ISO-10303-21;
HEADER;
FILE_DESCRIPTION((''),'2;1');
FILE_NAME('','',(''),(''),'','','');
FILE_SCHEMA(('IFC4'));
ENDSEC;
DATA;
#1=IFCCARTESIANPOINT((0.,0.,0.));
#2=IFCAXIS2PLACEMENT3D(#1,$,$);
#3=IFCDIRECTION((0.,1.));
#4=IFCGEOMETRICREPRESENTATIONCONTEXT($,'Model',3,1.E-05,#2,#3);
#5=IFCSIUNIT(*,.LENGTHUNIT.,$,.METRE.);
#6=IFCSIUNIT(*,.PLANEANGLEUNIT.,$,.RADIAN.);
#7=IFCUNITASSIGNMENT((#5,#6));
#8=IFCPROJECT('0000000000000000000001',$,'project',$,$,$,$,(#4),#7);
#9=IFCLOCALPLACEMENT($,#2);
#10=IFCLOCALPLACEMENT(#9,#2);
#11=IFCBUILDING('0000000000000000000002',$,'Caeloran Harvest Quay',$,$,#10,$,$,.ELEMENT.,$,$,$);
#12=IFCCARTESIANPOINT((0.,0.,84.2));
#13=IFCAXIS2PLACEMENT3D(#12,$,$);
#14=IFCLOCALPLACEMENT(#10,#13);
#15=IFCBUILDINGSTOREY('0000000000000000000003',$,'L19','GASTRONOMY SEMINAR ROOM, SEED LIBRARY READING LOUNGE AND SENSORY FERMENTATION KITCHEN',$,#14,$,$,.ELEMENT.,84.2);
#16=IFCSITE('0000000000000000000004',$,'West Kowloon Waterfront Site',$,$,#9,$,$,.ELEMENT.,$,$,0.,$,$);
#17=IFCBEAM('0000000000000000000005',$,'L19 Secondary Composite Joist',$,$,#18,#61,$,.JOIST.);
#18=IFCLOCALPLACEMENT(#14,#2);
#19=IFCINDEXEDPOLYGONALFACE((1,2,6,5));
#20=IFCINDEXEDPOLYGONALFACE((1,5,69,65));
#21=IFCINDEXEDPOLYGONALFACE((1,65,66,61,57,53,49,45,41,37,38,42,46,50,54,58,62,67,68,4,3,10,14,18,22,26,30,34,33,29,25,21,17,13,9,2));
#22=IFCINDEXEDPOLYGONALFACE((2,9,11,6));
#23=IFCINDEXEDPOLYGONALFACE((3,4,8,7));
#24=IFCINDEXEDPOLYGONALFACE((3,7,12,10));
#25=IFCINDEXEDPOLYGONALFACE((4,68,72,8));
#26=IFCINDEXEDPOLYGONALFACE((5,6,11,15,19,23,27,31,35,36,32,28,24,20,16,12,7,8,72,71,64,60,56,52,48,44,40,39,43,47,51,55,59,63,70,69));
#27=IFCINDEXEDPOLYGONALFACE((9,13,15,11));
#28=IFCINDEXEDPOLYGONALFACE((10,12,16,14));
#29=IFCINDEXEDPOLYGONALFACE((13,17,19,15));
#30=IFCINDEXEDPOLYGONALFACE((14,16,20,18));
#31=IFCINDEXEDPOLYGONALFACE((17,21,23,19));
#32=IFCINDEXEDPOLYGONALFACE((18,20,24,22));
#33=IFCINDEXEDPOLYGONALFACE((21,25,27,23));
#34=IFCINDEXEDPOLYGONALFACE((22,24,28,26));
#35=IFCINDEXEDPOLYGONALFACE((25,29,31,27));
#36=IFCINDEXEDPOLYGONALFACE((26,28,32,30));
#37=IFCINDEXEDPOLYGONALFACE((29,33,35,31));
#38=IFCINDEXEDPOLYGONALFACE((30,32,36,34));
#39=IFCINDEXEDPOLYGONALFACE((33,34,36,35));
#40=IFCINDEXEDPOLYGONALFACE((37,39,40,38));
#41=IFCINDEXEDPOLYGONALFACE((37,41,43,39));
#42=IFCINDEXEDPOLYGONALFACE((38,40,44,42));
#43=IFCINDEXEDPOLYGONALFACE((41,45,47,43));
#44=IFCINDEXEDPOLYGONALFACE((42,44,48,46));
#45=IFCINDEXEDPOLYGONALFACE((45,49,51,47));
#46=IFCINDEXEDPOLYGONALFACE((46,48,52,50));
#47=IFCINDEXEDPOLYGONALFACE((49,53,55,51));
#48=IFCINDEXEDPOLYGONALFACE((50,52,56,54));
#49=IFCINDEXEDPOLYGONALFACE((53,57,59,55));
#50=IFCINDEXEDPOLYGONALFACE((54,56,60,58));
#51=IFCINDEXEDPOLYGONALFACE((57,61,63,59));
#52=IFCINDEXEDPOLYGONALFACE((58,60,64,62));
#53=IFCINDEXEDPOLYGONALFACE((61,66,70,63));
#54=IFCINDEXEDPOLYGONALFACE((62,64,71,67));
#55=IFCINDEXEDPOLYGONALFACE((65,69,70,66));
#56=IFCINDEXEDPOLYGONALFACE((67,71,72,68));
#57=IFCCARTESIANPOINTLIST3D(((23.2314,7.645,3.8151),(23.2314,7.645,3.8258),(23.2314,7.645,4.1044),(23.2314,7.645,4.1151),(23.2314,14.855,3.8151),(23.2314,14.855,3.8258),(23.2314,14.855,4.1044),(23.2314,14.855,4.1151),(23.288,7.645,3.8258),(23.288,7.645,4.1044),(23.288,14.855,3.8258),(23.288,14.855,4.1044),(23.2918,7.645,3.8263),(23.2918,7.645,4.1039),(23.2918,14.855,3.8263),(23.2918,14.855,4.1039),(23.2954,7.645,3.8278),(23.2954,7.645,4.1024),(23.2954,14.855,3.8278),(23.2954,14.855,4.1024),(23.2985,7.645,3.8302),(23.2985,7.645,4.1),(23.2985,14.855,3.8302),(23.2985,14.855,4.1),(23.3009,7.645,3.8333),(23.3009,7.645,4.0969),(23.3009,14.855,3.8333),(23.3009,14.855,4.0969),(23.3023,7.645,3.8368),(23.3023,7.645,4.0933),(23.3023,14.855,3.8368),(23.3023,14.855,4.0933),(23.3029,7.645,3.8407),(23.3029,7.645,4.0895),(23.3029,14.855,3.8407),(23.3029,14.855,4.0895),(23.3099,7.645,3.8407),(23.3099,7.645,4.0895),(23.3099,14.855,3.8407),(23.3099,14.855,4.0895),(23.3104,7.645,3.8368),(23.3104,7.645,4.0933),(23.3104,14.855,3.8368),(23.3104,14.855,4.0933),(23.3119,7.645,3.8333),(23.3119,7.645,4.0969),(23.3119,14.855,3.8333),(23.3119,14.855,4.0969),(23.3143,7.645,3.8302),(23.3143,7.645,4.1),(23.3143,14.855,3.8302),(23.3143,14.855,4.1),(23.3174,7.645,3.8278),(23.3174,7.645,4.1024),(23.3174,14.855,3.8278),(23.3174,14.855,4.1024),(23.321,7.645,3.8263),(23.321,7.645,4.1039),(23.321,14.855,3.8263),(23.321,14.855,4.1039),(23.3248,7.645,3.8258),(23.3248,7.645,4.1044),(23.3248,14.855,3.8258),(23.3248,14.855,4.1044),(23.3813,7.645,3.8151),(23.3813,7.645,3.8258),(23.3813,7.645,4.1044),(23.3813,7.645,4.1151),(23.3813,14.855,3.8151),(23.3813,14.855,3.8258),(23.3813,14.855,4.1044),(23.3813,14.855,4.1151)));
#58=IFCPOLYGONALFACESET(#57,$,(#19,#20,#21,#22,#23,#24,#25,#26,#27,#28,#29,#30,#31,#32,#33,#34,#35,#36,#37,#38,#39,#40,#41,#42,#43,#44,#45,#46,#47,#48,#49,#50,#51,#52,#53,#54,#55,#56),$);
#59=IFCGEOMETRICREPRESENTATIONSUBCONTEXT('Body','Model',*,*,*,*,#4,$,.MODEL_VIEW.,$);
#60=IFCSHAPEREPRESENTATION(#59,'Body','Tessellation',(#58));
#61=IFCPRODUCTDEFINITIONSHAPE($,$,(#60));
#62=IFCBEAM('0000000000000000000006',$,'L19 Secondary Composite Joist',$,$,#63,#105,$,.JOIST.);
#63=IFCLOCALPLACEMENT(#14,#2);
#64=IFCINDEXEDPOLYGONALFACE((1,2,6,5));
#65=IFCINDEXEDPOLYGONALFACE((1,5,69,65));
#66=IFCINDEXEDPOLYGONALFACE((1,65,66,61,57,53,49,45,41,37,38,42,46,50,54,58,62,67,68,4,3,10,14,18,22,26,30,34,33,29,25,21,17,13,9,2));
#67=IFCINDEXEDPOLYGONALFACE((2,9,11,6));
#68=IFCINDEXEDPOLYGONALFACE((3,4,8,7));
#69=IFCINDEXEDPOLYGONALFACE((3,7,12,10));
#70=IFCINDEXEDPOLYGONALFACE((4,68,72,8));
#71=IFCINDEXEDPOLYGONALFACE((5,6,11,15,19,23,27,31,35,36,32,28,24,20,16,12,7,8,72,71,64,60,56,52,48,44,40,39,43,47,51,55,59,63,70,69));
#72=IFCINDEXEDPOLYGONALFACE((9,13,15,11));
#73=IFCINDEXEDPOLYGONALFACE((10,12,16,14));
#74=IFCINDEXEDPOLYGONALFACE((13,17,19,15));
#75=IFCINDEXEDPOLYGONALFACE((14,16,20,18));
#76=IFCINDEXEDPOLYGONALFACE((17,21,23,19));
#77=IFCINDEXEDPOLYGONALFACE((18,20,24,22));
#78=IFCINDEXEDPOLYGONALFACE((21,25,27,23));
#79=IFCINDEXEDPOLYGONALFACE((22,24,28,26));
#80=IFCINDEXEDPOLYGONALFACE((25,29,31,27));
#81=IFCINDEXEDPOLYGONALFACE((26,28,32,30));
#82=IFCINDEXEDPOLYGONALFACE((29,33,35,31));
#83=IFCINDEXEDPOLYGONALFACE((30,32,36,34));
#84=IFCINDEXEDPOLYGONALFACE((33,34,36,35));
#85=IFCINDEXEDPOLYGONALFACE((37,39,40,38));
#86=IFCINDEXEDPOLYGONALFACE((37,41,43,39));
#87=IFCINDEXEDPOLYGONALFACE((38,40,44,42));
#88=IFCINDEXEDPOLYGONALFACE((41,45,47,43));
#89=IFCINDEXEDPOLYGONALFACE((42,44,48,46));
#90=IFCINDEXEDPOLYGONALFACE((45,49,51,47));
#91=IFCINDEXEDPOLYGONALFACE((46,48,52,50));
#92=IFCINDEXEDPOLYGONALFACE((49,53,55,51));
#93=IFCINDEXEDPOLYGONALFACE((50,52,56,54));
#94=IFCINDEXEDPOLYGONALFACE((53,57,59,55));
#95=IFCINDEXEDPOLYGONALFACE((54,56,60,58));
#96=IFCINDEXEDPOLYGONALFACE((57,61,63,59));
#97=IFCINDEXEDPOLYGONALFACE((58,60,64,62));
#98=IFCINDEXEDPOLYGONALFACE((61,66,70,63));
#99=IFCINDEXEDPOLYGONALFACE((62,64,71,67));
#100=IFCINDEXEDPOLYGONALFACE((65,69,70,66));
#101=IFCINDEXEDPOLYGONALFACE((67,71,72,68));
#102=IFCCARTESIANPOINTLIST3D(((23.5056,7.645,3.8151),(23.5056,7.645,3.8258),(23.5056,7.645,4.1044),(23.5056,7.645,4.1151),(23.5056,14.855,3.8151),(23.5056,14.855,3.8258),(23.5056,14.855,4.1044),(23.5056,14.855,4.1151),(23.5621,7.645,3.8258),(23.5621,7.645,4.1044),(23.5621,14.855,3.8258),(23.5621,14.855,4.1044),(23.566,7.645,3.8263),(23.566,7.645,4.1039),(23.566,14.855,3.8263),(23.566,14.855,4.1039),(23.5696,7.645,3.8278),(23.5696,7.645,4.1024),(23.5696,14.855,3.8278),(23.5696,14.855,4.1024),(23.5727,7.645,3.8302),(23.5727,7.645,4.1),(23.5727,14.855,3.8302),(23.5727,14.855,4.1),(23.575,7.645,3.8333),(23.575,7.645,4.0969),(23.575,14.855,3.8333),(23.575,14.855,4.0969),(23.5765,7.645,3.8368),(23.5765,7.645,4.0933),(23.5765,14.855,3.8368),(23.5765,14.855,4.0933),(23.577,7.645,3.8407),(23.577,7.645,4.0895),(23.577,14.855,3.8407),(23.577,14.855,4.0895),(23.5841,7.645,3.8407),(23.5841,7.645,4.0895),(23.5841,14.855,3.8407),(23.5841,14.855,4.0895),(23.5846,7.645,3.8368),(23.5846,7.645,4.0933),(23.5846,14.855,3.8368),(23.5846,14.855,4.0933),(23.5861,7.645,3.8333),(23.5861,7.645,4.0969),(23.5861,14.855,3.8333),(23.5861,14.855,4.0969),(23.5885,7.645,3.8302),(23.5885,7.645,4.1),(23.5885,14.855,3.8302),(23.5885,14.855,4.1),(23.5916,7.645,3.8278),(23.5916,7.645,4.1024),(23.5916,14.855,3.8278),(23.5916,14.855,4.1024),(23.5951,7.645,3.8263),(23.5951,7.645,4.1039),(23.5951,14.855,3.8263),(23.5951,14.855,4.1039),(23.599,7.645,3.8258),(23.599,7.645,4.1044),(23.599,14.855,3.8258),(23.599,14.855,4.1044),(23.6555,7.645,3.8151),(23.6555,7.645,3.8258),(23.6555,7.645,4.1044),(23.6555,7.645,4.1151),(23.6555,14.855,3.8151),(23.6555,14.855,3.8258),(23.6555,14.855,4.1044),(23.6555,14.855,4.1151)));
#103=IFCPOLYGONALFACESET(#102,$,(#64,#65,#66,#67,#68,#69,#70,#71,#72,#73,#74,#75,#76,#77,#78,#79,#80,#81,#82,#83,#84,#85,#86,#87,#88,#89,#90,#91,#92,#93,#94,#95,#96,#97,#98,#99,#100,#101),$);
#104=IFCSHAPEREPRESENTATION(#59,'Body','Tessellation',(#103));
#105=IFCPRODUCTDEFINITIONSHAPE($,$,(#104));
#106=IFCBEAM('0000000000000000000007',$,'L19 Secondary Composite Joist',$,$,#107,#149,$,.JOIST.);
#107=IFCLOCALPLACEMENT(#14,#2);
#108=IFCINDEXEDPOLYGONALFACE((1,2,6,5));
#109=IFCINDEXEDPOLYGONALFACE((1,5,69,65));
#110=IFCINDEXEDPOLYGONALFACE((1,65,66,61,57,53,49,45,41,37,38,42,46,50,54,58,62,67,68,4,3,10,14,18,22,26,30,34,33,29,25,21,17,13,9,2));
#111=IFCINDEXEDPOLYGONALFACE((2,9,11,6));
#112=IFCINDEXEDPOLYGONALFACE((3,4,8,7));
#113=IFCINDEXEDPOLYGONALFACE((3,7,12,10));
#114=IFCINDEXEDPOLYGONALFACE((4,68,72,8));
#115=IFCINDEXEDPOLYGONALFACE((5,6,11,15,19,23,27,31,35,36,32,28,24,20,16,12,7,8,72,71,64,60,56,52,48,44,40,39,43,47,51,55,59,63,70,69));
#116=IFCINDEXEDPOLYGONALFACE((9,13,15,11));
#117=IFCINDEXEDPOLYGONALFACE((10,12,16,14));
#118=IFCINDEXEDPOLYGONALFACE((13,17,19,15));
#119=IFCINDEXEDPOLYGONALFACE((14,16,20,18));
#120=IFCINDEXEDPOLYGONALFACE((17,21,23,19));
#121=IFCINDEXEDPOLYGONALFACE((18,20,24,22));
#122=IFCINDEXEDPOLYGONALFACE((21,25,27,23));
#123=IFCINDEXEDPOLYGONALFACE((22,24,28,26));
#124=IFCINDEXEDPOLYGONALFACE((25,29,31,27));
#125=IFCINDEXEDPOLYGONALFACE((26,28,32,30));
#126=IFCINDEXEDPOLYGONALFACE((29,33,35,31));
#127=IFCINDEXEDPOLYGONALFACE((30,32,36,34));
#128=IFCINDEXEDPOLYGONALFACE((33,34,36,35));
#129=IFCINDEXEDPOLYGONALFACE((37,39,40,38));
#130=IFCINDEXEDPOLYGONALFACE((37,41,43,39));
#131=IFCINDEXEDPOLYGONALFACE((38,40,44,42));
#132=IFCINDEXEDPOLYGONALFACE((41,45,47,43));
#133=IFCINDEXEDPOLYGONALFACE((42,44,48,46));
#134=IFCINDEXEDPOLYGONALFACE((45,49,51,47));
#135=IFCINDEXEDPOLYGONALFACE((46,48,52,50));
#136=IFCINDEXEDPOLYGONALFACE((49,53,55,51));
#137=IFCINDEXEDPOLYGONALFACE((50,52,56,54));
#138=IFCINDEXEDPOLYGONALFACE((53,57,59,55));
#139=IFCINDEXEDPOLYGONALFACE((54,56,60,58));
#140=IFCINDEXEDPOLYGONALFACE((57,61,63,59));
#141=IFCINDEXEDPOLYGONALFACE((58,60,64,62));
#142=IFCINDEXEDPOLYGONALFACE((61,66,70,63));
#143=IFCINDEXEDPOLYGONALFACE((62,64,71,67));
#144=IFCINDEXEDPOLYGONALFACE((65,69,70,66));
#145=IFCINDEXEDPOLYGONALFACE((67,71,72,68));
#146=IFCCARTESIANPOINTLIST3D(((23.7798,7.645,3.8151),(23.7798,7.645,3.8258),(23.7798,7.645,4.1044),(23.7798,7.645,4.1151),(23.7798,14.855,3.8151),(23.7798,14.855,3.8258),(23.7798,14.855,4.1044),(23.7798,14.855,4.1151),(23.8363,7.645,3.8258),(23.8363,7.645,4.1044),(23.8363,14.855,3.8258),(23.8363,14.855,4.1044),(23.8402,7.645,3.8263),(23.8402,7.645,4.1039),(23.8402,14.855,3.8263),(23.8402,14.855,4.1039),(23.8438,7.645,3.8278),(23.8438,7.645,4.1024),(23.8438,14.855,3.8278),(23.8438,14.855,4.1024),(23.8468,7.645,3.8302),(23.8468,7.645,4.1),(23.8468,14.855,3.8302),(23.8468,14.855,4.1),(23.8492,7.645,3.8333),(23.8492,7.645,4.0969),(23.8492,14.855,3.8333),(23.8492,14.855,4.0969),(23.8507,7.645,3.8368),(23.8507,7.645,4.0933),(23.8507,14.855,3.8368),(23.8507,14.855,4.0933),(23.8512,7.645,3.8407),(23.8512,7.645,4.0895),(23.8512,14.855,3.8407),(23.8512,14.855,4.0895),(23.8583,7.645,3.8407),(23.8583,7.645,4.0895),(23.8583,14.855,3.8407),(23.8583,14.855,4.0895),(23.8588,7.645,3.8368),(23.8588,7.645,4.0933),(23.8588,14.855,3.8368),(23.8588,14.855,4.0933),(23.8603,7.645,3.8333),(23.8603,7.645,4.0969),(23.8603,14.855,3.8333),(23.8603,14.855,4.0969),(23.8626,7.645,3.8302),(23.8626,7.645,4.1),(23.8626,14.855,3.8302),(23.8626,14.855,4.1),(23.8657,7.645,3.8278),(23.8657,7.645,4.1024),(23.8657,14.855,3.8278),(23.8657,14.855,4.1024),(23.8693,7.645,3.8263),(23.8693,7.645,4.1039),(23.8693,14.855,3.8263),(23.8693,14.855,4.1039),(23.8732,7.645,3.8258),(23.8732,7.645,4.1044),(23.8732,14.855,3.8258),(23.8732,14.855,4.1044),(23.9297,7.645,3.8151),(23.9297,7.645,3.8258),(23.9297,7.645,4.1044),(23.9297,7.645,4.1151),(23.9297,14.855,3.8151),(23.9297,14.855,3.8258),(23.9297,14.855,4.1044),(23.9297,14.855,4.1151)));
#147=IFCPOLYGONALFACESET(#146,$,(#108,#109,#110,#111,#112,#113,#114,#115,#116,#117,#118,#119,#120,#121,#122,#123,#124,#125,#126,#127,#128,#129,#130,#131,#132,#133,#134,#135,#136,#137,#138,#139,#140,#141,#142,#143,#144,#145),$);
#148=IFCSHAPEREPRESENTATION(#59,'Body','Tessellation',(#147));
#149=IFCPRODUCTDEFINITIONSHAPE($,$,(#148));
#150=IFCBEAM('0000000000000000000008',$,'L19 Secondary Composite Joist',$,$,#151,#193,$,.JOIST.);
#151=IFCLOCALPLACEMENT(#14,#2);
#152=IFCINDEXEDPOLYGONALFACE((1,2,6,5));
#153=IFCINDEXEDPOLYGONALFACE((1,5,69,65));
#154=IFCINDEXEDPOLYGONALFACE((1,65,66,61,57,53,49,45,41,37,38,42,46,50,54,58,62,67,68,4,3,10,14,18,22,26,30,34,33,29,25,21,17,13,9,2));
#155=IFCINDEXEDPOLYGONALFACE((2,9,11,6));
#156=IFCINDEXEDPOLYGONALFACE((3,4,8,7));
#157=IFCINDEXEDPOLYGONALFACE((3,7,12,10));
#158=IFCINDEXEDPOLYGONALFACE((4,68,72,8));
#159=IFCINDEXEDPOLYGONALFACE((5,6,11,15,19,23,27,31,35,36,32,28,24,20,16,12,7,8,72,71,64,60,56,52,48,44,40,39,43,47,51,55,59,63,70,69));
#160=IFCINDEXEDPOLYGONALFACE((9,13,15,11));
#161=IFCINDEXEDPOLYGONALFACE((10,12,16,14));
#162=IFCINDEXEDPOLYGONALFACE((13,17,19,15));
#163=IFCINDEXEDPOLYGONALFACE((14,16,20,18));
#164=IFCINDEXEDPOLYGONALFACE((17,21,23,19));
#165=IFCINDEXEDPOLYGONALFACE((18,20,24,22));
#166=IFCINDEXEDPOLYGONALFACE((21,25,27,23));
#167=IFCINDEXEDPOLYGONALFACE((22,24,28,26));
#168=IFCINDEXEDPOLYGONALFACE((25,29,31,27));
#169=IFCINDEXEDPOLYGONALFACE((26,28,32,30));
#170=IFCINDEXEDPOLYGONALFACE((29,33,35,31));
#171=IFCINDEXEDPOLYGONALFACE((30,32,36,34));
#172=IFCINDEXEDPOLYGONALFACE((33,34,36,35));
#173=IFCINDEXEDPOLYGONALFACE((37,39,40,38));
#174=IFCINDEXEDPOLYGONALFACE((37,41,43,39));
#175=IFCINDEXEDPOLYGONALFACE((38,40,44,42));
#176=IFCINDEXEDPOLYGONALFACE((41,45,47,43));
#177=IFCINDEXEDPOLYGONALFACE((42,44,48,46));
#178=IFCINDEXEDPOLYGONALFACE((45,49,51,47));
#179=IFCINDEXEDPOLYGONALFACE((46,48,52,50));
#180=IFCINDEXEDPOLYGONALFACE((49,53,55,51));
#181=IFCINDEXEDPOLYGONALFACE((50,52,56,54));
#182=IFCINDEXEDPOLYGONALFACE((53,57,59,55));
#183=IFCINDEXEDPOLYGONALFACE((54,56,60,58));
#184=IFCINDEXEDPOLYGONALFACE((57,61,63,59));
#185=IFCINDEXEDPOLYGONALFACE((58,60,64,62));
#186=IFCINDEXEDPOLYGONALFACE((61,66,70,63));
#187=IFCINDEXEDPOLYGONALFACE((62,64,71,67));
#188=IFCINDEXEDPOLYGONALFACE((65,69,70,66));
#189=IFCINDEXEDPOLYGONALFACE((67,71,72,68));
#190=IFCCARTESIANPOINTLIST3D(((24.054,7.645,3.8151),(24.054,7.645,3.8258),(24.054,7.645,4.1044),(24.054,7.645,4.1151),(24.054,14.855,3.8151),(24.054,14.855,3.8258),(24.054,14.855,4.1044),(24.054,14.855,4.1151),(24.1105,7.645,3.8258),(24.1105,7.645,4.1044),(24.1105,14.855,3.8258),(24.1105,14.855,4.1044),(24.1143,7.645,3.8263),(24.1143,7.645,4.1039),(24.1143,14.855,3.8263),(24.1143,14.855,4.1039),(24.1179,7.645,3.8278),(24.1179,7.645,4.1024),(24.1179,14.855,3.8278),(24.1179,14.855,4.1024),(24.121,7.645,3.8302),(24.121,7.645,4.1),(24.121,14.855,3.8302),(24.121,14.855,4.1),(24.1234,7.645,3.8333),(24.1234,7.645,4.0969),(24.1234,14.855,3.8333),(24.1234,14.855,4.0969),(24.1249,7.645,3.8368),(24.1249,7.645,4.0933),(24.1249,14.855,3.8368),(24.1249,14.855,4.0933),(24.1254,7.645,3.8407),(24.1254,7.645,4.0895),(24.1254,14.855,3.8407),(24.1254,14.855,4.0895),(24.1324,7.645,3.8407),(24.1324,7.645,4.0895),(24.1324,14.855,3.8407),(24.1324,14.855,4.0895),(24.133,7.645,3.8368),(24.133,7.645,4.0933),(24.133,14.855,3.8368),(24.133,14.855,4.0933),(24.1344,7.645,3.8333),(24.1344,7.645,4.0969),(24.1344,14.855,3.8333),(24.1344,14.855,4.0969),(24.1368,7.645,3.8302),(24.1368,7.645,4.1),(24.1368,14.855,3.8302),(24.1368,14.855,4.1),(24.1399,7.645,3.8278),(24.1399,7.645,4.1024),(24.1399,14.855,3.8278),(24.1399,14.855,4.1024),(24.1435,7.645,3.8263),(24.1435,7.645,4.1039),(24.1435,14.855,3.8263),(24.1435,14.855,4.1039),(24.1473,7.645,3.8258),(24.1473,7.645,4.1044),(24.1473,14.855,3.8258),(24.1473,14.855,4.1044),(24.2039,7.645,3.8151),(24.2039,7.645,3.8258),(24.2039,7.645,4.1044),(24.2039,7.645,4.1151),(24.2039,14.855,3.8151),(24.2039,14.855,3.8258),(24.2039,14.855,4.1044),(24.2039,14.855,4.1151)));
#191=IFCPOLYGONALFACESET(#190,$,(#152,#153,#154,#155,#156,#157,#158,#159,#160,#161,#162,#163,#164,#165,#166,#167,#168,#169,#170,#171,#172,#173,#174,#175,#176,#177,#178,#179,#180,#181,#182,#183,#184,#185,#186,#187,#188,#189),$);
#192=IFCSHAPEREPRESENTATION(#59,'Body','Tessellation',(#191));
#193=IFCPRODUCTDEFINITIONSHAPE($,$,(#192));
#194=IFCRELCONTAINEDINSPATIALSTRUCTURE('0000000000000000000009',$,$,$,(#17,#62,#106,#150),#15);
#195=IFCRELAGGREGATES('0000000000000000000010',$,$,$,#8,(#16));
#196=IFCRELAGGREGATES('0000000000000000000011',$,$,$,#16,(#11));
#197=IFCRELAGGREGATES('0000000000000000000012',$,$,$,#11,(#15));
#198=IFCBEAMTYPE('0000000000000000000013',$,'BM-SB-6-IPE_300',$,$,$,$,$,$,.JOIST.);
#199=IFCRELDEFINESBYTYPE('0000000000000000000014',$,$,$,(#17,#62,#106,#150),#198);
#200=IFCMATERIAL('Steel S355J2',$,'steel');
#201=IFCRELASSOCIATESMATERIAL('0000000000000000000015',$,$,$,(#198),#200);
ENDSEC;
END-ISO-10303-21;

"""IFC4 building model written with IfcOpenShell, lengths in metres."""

from ifc_helpers import new_model, si_unit, direction, frame, origin, origin_2d, place, context, subcontext, project, spatial, i_section, extrude, material, material_profile, profile_set, type_object, element, save


model = new_model("IFC4")

# Units and contexts
model_context = context("Model", 3, precision=1e-05, world=origin(), true_north=direction((0.0, 1.0)))
body_context = subcontext(model_context, "Body", "Model", "MODEL_VIEW")
ifc_project = project(units=[si_unit("LENGTHUNIT", "METRE"), si_unit("PLANEANGLEUNIT", "RADIAN")], contexts=[model_context])

# Site, building, storey
site_placement = place(None, origin())
site = spatial("IfcSite", under=ifc_project, at=site_placement, Name="West Kowloon Waterfront Site", CompositionType="ELEMENT", RefElevation=0.0)
building_placement = place(site_placement, origin())
building = spatial("IfcBuilding", under=site, at=building_placement, Name="Caeloran Harvest Quay", CompositionType="ELEMENT")
storey_placement = place(building_placement, frame((0.0, 0.0, 84.2)))
storey = spatial("IfcBuildingStorey", under=building, at=storey_placement, Name="L19", Description="GASTRONOMY SEMINAR ROOM, SEED LIBRARY READING LOUNGE AND SENSORY FERMENTATION KITCHEN", CompositionType="ELEMENT", Elevation=84.2)

# Beams
ifc_material_1 = material(Name="Steel S355J2", Category="steel")
ifc_material_profile_1 = material_profile(ifc_material_1, i_section(OverallWidth=0.1499, OverallDepth=0.3, WebThickness=0.0071, FlangeThickness=0.0107, FilletRadius=0.0149, at=origin_2d()), Name="IPE 300")
ifc_profile_set_1 = profile_set([ifc_material_profile_1], Name="Steel S355J2")
beam_type_1 = type_object("IfcBeamType", Name="BM-SB-6-IPE_300", PredefinedType="JOIST", material=ifc_profile_set_1)
for number, where, z_axis, x_axis, name in (
    (1, (23.3064, 7.645, 3.9651), (0.0, 1.0, 0.0), (-1.0, 0.0, 0.0), "L19 Secondary Composite Joist"),
    (2, (23.5806, 7.645, 3.9651), (0.0, 1.0, 0.0), (-1.0, 0.0, 0.0), "L19 Secondary Composite Joist"),
    (3, (23.8547, 7.645, 3.9651), (0.0, 1.0, 0.0), (-1.0, 0.0, 0.0), "L19 Secondary Composite Joist"),
    (4, (24.1289, 7.645, 3.9651), (0.0, 1.0, 0.0), (-1.0, 0.0, 0.0), "L19 Secondary Composite Joist"),
):
    element("IfcBeam", number, at=place(storey_placement, frame(where, z_axis=z_axis, x_axis=x_axis)), inside=storey, type_object=beam_type_1, Name=name, PredefinedType="JOIST", context=body_context, shape_type="SweptSolid", body=[
        extrude(i_section(OverallWidth=0.1499, OverallDepth=0.3, WebThickness=0.0071, FlangeThickness=0.0107, FilletRadius=0.0149, at=origin_2d()), origin(), (0.0, 0.0, 1.0), 7.21),
    ])

save(model, "model.ifc")
